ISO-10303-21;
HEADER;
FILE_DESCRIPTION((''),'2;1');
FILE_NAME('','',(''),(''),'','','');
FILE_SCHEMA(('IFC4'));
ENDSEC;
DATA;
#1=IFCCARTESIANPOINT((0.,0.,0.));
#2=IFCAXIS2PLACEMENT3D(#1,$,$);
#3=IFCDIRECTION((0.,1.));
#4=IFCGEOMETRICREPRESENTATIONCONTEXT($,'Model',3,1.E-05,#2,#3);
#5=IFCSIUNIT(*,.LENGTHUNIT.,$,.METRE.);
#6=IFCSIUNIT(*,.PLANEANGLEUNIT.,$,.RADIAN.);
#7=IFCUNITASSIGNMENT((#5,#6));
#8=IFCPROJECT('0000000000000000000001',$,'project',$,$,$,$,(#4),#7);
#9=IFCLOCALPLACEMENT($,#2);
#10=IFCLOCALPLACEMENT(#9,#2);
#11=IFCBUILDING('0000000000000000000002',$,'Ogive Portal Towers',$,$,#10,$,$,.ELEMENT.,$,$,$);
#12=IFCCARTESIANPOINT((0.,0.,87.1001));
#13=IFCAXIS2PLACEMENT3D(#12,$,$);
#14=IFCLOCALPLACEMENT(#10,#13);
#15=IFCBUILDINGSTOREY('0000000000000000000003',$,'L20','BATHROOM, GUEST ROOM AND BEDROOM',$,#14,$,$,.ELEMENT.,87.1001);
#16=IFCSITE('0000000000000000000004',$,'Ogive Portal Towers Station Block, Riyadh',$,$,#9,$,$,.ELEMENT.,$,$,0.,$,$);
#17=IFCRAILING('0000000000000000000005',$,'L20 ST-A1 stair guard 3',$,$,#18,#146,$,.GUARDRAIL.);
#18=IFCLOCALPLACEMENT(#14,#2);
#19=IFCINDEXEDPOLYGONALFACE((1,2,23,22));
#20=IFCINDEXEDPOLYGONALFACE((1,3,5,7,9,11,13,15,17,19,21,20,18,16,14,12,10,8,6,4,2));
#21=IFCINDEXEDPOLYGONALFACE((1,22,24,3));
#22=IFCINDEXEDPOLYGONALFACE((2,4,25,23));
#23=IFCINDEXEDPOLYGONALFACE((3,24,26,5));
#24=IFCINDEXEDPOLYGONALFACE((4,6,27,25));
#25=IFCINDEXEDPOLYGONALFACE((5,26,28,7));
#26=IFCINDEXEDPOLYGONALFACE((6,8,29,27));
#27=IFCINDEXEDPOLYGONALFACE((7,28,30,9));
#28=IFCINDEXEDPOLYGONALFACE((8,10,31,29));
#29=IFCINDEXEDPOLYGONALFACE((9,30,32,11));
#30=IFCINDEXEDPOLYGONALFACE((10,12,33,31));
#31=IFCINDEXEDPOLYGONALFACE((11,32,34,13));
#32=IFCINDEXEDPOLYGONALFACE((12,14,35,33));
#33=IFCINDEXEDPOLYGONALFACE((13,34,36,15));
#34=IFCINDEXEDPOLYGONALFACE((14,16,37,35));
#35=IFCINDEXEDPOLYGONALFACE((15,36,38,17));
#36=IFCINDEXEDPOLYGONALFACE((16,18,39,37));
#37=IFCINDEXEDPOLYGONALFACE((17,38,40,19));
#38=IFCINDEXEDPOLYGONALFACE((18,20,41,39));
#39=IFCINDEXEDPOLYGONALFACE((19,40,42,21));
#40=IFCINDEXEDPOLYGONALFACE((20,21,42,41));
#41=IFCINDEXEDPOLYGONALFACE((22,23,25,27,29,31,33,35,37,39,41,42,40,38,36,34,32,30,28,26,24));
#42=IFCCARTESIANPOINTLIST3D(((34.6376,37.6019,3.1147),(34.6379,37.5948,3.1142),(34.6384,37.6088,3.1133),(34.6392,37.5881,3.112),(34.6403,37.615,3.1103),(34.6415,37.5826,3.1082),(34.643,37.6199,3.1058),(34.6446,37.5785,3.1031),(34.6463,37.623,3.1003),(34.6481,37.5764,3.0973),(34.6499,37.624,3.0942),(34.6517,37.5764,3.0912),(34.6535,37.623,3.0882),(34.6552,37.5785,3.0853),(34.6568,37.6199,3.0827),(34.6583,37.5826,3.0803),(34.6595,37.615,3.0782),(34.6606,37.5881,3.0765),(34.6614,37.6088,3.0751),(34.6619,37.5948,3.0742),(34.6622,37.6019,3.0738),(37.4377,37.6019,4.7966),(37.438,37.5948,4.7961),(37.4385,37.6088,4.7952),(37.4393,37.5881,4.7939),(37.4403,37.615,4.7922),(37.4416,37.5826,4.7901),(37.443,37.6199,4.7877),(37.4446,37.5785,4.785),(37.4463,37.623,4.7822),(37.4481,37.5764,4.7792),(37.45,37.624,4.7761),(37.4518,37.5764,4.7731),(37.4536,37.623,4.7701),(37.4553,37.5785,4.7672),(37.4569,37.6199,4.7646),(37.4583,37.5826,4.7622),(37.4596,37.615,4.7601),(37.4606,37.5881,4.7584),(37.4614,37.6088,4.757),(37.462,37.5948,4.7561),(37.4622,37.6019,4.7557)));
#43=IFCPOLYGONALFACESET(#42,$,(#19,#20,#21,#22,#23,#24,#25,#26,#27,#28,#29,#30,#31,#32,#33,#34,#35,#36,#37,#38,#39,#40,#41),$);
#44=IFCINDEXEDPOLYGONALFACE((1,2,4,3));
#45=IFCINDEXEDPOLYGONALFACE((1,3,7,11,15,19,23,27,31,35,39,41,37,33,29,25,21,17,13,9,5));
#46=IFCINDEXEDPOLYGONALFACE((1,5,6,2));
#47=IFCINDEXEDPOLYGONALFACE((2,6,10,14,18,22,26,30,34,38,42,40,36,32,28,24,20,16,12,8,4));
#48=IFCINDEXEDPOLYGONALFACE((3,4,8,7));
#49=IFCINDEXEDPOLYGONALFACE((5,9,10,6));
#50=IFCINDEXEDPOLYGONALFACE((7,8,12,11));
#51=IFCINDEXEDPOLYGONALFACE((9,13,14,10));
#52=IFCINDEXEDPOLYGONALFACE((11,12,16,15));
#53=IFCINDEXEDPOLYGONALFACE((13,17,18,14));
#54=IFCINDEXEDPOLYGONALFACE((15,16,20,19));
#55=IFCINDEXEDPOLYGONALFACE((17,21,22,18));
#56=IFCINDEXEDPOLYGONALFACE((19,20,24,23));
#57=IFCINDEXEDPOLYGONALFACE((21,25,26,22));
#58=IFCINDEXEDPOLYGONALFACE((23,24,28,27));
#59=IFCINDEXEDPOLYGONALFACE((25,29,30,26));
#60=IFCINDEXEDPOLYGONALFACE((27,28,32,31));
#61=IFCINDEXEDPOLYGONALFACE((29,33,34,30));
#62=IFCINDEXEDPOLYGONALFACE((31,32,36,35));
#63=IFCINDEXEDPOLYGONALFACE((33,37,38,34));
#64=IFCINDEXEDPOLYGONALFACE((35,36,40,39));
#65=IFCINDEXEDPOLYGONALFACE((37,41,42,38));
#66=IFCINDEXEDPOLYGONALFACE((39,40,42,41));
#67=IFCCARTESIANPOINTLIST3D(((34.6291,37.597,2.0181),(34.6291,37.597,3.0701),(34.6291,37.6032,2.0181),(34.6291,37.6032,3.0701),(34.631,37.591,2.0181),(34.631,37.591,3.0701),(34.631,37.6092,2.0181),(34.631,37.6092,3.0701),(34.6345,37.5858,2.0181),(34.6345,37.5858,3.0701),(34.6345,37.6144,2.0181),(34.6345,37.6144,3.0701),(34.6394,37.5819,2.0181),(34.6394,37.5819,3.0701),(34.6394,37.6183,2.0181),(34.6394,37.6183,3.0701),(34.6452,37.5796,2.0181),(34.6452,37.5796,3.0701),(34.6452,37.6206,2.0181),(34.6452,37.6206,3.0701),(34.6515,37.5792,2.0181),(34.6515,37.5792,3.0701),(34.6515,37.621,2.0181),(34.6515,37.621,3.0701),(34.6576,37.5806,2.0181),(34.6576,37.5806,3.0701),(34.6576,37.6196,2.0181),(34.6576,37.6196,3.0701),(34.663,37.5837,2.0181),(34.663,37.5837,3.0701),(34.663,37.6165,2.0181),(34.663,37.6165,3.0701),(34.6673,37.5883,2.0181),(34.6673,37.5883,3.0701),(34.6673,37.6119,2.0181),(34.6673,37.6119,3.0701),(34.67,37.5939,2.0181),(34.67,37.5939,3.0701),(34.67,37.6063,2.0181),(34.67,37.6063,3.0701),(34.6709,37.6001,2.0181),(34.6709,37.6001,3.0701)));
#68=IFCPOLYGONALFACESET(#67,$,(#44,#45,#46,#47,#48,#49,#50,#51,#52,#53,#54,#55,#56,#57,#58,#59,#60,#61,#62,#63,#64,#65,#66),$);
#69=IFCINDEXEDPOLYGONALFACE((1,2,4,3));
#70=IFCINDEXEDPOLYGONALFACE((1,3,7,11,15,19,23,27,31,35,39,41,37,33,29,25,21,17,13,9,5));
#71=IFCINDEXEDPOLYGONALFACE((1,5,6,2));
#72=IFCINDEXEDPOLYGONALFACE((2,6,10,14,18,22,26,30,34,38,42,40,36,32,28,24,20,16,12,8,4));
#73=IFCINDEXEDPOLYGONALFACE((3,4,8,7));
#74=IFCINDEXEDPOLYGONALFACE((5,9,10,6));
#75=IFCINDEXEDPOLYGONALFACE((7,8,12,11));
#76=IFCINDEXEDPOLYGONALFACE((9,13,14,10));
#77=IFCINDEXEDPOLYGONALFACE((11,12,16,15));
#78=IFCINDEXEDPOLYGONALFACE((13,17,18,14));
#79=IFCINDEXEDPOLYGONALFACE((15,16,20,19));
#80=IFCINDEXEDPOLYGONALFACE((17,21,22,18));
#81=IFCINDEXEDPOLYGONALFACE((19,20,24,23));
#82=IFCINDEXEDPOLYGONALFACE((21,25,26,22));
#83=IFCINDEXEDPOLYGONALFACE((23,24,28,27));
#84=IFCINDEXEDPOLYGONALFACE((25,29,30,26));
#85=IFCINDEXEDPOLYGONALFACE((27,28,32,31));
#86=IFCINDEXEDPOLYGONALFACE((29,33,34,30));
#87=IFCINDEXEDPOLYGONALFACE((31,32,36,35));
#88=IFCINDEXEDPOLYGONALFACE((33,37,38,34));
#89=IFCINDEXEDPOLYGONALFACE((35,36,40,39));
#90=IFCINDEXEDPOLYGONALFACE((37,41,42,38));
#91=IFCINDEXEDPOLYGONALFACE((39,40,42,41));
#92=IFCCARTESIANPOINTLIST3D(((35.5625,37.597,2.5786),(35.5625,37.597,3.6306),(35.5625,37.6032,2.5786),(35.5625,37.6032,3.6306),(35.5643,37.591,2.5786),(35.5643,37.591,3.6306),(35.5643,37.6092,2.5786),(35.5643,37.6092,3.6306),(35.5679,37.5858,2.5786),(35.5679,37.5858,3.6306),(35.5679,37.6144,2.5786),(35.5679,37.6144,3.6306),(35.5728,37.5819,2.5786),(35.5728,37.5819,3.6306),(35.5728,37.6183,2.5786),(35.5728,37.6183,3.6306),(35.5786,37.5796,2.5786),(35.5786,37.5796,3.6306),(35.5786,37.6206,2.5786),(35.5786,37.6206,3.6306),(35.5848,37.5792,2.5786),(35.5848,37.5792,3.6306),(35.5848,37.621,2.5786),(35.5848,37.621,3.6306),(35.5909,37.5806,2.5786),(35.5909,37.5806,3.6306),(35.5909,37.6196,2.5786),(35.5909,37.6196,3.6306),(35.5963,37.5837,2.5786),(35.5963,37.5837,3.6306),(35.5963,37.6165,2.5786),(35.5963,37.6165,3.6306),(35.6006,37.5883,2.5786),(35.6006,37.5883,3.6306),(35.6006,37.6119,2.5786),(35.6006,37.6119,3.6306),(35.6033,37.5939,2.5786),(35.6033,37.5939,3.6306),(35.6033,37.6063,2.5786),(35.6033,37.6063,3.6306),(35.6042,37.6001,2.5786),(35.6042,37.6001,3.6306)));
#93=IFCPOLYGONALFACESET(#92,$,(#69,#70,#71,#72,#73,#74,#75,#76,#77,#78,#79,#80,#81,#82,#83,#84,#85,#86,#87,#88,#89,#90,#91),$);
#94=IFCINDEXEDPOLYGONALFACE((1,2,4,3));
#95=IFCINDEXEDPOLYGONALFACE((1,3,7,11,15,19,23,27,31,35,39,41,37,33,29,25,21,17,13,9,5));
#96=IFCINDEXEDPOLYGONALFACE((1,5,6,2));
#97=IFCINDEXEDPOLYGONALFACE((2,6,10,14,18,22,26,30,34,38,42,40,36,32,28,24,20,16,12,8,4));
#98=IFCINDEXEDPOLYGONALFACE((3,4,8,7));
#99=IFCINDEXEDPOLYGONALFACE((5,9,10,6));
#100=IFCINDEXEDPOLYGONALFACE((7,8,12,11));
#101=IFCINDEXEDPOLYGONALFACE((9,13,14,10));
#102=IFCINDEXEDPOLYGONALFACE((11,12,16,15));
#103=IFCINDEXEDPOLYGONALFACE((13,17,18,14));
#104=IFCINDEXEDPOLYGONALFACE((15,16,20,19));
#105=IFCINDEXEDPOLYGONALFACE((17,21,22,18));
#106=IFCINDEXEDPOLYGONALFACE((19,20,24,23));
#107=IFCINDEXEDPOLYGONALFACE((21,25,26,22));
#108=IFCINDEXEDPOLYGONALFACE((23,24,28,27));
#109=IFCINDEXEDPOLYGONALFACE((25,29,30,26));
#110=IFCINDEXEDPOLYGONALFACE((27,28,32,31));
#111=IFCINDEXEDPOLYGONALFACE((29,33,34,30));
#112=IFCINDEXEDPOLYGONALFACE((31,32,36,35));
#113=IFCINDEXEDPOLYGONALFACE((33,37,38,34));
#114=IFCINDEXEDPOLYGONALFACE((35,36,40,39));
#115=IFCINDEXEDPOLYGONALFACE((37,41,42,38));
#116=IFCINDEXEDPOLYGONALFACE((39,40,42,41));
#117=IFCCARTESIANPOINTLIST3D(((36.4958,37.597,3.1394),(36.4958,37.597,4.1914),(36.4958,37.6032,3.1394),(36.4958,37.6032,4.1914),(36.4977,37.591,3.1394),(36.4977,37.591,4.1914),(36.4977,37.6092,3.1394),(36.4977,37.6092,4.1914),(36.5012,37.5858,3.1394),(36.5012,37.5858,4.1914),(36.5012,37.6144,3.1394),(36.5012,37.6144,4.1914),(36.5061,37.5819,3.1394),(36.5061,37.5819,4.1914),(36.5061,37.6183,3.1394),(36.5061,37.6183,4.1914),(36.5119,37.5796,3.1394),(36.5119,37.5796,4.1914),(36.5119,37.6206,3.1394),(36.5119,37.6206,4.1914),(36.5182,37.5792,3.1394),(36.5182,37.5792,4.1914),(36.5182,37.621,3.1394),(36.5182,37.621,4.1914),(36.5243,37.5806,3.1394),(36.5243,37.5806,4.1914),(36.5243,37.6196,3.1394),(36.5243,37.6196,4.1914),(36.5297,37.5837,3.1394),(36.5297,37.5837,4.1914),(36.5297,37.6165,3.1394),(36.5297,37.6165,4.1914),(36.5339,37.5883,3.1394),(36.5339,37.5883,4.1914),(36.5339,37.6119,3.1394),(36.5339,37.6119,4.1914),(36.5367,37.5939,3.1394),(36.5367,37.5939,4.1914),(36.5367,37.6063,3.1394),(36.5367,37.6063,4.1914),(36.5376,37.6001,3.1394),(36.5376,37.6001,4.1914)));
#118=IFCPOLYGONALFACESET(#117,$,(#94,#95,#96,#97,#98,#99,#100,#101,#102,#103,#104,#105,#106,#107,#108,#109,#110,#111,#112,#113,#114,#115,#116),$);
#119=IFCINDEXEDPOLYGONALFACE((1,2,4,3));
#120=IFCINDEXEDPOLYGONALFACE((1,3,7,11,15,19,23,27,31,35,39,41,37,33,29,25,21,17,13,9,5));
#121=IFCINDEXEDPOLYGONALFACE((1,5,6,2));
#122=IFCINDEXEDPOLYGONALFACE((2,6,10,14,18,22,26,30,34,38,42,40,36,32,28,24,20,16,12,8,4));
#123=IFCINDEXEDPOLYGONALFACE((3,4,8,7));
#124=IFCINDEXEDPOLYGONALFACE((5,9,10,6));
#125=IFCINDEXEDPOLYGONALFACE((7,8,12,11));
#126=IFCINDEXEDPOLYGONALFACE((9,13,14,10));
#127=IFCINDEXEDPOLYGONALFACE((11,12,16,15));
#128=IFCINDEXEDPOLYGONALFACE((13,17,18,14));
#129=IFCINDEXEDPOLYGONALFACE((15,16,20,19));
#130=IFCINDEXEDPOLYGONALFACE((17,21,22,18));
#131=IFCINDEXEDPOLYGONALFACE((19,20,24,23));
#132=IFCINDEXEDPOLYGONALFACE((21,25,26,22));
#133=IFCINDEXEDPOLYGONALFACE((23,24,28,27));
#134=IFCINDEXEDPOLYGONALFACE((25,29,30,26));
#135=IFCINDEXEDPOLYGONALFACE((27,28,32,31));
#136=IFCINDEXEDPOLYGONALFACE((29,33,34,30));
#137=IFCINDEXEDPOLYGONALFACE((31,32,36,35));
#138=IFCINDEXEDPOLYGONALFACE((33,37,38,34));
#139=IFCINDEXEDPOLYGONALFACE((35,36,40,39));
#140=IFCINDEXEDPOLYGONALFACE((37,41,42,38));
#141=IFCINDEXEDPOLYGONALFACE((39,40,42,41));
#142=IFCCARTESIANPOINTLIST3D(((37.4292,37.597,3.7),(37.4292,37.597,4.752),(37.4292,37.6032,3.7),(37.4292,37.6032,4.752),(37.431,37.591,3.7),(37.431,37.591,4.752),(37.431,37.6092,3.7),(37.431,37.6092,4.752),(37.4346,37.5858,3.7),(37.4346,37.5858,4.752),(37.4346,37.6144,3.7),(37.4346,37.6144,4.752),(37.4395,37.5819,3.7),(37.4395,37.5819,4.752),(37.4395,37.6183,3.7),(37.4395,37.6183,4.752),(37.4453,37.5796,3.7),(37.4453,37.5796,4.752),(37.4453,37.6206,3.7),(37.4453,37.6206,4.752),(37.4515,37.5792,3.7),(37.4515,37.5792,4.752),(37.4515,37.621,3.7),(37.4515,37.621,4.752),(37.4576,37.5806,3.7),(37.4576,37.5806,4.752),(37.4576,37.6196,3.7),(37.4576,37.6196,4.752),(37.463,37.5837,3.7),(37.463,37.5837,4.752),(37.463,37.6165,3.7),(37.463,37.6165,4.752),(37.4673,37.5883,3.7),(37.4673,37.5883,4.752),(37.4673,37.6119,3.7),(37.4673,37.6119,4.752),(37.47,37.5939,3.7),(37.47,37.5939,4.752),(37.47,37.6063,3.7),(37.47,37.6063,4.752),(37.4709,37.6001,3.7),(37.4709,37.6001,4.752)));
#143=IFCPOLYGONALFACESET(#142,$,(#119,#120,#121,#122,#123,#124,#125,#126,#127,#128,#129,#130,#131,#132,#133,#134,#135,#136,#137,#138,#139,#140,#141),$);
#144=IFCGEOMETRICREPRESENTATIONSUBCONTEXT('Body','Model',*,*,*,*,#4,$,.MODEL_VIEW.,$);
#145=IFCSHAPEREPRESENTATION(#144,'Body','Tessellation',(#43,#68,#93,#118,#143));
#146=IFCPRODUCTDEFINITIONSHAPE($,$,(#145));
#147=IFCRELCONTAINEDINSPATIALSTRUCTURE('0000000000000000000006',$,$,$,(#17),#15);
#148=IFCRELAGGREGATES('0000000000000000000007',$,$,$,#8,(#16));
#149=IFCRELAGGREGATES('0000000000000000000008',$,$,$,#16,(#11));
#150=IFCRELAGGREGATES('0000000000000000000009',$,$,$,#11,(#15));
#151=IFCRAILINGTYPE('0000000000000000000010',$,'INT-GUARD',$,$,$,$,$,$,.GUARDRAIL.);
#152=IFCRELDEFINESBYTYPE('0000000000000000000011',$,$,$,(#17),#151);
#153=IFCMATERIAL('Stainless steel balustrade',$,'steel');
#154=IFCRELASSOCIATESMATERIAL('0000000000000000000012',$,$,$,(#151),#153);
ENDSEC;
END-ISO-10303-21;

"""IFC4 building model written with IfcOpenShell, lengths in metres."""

from ifc_helpers import new_model, si_unit, direction, frame, origin, origin_2d, place, context, subcontext, project, spatial, circle, extrude, material, type_object, element, save


model = new_model("IFC4")

# Units and contexts
model_context = context("Model", 3, precision=1e-05, world=origin(), true_north=direction((0.0, 1.0)))
body_context = subcontext(model_context, "Body", "Model", "MODEL_VIEW")
ifc_project = project(units=[si_unit("LENGTHUNIT", "METRE"), si_unit("PLANEANGLEUNIT", "RADIAN")], contexts=[model_context])

# Site, building, storey
site_placement = place(None, origin())
site = spatial("IfcSite", under=ifc_project, at=site_placement, Name="Ogive Portal Towers Station Block, Riyadh", CompositionType="ELEMENT", RefElevation=0.0)
building_placement = place(site_placement, origin())
building = spatial("IfcBuilding", under=site, at=building_placement, Name="Ogive Portal Towers", CompositionType="ELEMENT")
storey_placement = place(building_placement, frame((0.0, 0.0, 87.1001)))
storey = spatial("IfcBuildingStorey", under=building, at=storey_placement, Name="L20", Description="BATHROOM, GUEST ROOM AND BEDROOM", CompositionType="ELEMENT", Elevation=87.1001)

# Railing
ifc_material_1 = material(Name="Stainless steel balustrade", Category="steel")
railing_type_1 = type_object("IfcRailingType", Name="INT-GUARD", PredefinedType="GUARDRAIL", material=ifc_material_1)
railing_1_placement = place(storey_placement, frame((34.6499, 37.6001, 2.0181)))
element("IfcRailing", 1, at=railing_1_placement, inside=storey, type_object=railing_type_1, Name="L20 ST-A1 stair guard 3", PredefinedType="GUARDRAIL", context=body_context, shape_type="SweptSolid", body=[
    extrude(circle(Radius=0.0239, at=origin_2d()), frame((0.0, 0.0, 1.0762), z_axis=(0.857242, 0.0, 0.514913), x_axis=(0.0, 1.0, 0.0)), (0.0, 0.0, 1.0), 3.2664),
    extrude(circle(Radius=0.021, at=origin_2d()), origin(), (0.0, 0.0, 1.0), 1.052),
    extrude(circle(Radius=0.021, at=origin_2d()), frame((0.9333, 0.0, 0.5605)), (0.0, 0.0, 1.0), 1.052),
    extrude(circle(Radius=0.021, at=origin_2d()), frame((1.8667, 0.0, 1.1213)), (0.0, 0.0, 1.0), 1.052),
    extrude(circle(Radius=0.021, at=origin_2d()), frame((2.8, 0.0, 1.6819)), (0.0, 0.0, 1.0), 1.052),
])

save(model, "model.ifc")
